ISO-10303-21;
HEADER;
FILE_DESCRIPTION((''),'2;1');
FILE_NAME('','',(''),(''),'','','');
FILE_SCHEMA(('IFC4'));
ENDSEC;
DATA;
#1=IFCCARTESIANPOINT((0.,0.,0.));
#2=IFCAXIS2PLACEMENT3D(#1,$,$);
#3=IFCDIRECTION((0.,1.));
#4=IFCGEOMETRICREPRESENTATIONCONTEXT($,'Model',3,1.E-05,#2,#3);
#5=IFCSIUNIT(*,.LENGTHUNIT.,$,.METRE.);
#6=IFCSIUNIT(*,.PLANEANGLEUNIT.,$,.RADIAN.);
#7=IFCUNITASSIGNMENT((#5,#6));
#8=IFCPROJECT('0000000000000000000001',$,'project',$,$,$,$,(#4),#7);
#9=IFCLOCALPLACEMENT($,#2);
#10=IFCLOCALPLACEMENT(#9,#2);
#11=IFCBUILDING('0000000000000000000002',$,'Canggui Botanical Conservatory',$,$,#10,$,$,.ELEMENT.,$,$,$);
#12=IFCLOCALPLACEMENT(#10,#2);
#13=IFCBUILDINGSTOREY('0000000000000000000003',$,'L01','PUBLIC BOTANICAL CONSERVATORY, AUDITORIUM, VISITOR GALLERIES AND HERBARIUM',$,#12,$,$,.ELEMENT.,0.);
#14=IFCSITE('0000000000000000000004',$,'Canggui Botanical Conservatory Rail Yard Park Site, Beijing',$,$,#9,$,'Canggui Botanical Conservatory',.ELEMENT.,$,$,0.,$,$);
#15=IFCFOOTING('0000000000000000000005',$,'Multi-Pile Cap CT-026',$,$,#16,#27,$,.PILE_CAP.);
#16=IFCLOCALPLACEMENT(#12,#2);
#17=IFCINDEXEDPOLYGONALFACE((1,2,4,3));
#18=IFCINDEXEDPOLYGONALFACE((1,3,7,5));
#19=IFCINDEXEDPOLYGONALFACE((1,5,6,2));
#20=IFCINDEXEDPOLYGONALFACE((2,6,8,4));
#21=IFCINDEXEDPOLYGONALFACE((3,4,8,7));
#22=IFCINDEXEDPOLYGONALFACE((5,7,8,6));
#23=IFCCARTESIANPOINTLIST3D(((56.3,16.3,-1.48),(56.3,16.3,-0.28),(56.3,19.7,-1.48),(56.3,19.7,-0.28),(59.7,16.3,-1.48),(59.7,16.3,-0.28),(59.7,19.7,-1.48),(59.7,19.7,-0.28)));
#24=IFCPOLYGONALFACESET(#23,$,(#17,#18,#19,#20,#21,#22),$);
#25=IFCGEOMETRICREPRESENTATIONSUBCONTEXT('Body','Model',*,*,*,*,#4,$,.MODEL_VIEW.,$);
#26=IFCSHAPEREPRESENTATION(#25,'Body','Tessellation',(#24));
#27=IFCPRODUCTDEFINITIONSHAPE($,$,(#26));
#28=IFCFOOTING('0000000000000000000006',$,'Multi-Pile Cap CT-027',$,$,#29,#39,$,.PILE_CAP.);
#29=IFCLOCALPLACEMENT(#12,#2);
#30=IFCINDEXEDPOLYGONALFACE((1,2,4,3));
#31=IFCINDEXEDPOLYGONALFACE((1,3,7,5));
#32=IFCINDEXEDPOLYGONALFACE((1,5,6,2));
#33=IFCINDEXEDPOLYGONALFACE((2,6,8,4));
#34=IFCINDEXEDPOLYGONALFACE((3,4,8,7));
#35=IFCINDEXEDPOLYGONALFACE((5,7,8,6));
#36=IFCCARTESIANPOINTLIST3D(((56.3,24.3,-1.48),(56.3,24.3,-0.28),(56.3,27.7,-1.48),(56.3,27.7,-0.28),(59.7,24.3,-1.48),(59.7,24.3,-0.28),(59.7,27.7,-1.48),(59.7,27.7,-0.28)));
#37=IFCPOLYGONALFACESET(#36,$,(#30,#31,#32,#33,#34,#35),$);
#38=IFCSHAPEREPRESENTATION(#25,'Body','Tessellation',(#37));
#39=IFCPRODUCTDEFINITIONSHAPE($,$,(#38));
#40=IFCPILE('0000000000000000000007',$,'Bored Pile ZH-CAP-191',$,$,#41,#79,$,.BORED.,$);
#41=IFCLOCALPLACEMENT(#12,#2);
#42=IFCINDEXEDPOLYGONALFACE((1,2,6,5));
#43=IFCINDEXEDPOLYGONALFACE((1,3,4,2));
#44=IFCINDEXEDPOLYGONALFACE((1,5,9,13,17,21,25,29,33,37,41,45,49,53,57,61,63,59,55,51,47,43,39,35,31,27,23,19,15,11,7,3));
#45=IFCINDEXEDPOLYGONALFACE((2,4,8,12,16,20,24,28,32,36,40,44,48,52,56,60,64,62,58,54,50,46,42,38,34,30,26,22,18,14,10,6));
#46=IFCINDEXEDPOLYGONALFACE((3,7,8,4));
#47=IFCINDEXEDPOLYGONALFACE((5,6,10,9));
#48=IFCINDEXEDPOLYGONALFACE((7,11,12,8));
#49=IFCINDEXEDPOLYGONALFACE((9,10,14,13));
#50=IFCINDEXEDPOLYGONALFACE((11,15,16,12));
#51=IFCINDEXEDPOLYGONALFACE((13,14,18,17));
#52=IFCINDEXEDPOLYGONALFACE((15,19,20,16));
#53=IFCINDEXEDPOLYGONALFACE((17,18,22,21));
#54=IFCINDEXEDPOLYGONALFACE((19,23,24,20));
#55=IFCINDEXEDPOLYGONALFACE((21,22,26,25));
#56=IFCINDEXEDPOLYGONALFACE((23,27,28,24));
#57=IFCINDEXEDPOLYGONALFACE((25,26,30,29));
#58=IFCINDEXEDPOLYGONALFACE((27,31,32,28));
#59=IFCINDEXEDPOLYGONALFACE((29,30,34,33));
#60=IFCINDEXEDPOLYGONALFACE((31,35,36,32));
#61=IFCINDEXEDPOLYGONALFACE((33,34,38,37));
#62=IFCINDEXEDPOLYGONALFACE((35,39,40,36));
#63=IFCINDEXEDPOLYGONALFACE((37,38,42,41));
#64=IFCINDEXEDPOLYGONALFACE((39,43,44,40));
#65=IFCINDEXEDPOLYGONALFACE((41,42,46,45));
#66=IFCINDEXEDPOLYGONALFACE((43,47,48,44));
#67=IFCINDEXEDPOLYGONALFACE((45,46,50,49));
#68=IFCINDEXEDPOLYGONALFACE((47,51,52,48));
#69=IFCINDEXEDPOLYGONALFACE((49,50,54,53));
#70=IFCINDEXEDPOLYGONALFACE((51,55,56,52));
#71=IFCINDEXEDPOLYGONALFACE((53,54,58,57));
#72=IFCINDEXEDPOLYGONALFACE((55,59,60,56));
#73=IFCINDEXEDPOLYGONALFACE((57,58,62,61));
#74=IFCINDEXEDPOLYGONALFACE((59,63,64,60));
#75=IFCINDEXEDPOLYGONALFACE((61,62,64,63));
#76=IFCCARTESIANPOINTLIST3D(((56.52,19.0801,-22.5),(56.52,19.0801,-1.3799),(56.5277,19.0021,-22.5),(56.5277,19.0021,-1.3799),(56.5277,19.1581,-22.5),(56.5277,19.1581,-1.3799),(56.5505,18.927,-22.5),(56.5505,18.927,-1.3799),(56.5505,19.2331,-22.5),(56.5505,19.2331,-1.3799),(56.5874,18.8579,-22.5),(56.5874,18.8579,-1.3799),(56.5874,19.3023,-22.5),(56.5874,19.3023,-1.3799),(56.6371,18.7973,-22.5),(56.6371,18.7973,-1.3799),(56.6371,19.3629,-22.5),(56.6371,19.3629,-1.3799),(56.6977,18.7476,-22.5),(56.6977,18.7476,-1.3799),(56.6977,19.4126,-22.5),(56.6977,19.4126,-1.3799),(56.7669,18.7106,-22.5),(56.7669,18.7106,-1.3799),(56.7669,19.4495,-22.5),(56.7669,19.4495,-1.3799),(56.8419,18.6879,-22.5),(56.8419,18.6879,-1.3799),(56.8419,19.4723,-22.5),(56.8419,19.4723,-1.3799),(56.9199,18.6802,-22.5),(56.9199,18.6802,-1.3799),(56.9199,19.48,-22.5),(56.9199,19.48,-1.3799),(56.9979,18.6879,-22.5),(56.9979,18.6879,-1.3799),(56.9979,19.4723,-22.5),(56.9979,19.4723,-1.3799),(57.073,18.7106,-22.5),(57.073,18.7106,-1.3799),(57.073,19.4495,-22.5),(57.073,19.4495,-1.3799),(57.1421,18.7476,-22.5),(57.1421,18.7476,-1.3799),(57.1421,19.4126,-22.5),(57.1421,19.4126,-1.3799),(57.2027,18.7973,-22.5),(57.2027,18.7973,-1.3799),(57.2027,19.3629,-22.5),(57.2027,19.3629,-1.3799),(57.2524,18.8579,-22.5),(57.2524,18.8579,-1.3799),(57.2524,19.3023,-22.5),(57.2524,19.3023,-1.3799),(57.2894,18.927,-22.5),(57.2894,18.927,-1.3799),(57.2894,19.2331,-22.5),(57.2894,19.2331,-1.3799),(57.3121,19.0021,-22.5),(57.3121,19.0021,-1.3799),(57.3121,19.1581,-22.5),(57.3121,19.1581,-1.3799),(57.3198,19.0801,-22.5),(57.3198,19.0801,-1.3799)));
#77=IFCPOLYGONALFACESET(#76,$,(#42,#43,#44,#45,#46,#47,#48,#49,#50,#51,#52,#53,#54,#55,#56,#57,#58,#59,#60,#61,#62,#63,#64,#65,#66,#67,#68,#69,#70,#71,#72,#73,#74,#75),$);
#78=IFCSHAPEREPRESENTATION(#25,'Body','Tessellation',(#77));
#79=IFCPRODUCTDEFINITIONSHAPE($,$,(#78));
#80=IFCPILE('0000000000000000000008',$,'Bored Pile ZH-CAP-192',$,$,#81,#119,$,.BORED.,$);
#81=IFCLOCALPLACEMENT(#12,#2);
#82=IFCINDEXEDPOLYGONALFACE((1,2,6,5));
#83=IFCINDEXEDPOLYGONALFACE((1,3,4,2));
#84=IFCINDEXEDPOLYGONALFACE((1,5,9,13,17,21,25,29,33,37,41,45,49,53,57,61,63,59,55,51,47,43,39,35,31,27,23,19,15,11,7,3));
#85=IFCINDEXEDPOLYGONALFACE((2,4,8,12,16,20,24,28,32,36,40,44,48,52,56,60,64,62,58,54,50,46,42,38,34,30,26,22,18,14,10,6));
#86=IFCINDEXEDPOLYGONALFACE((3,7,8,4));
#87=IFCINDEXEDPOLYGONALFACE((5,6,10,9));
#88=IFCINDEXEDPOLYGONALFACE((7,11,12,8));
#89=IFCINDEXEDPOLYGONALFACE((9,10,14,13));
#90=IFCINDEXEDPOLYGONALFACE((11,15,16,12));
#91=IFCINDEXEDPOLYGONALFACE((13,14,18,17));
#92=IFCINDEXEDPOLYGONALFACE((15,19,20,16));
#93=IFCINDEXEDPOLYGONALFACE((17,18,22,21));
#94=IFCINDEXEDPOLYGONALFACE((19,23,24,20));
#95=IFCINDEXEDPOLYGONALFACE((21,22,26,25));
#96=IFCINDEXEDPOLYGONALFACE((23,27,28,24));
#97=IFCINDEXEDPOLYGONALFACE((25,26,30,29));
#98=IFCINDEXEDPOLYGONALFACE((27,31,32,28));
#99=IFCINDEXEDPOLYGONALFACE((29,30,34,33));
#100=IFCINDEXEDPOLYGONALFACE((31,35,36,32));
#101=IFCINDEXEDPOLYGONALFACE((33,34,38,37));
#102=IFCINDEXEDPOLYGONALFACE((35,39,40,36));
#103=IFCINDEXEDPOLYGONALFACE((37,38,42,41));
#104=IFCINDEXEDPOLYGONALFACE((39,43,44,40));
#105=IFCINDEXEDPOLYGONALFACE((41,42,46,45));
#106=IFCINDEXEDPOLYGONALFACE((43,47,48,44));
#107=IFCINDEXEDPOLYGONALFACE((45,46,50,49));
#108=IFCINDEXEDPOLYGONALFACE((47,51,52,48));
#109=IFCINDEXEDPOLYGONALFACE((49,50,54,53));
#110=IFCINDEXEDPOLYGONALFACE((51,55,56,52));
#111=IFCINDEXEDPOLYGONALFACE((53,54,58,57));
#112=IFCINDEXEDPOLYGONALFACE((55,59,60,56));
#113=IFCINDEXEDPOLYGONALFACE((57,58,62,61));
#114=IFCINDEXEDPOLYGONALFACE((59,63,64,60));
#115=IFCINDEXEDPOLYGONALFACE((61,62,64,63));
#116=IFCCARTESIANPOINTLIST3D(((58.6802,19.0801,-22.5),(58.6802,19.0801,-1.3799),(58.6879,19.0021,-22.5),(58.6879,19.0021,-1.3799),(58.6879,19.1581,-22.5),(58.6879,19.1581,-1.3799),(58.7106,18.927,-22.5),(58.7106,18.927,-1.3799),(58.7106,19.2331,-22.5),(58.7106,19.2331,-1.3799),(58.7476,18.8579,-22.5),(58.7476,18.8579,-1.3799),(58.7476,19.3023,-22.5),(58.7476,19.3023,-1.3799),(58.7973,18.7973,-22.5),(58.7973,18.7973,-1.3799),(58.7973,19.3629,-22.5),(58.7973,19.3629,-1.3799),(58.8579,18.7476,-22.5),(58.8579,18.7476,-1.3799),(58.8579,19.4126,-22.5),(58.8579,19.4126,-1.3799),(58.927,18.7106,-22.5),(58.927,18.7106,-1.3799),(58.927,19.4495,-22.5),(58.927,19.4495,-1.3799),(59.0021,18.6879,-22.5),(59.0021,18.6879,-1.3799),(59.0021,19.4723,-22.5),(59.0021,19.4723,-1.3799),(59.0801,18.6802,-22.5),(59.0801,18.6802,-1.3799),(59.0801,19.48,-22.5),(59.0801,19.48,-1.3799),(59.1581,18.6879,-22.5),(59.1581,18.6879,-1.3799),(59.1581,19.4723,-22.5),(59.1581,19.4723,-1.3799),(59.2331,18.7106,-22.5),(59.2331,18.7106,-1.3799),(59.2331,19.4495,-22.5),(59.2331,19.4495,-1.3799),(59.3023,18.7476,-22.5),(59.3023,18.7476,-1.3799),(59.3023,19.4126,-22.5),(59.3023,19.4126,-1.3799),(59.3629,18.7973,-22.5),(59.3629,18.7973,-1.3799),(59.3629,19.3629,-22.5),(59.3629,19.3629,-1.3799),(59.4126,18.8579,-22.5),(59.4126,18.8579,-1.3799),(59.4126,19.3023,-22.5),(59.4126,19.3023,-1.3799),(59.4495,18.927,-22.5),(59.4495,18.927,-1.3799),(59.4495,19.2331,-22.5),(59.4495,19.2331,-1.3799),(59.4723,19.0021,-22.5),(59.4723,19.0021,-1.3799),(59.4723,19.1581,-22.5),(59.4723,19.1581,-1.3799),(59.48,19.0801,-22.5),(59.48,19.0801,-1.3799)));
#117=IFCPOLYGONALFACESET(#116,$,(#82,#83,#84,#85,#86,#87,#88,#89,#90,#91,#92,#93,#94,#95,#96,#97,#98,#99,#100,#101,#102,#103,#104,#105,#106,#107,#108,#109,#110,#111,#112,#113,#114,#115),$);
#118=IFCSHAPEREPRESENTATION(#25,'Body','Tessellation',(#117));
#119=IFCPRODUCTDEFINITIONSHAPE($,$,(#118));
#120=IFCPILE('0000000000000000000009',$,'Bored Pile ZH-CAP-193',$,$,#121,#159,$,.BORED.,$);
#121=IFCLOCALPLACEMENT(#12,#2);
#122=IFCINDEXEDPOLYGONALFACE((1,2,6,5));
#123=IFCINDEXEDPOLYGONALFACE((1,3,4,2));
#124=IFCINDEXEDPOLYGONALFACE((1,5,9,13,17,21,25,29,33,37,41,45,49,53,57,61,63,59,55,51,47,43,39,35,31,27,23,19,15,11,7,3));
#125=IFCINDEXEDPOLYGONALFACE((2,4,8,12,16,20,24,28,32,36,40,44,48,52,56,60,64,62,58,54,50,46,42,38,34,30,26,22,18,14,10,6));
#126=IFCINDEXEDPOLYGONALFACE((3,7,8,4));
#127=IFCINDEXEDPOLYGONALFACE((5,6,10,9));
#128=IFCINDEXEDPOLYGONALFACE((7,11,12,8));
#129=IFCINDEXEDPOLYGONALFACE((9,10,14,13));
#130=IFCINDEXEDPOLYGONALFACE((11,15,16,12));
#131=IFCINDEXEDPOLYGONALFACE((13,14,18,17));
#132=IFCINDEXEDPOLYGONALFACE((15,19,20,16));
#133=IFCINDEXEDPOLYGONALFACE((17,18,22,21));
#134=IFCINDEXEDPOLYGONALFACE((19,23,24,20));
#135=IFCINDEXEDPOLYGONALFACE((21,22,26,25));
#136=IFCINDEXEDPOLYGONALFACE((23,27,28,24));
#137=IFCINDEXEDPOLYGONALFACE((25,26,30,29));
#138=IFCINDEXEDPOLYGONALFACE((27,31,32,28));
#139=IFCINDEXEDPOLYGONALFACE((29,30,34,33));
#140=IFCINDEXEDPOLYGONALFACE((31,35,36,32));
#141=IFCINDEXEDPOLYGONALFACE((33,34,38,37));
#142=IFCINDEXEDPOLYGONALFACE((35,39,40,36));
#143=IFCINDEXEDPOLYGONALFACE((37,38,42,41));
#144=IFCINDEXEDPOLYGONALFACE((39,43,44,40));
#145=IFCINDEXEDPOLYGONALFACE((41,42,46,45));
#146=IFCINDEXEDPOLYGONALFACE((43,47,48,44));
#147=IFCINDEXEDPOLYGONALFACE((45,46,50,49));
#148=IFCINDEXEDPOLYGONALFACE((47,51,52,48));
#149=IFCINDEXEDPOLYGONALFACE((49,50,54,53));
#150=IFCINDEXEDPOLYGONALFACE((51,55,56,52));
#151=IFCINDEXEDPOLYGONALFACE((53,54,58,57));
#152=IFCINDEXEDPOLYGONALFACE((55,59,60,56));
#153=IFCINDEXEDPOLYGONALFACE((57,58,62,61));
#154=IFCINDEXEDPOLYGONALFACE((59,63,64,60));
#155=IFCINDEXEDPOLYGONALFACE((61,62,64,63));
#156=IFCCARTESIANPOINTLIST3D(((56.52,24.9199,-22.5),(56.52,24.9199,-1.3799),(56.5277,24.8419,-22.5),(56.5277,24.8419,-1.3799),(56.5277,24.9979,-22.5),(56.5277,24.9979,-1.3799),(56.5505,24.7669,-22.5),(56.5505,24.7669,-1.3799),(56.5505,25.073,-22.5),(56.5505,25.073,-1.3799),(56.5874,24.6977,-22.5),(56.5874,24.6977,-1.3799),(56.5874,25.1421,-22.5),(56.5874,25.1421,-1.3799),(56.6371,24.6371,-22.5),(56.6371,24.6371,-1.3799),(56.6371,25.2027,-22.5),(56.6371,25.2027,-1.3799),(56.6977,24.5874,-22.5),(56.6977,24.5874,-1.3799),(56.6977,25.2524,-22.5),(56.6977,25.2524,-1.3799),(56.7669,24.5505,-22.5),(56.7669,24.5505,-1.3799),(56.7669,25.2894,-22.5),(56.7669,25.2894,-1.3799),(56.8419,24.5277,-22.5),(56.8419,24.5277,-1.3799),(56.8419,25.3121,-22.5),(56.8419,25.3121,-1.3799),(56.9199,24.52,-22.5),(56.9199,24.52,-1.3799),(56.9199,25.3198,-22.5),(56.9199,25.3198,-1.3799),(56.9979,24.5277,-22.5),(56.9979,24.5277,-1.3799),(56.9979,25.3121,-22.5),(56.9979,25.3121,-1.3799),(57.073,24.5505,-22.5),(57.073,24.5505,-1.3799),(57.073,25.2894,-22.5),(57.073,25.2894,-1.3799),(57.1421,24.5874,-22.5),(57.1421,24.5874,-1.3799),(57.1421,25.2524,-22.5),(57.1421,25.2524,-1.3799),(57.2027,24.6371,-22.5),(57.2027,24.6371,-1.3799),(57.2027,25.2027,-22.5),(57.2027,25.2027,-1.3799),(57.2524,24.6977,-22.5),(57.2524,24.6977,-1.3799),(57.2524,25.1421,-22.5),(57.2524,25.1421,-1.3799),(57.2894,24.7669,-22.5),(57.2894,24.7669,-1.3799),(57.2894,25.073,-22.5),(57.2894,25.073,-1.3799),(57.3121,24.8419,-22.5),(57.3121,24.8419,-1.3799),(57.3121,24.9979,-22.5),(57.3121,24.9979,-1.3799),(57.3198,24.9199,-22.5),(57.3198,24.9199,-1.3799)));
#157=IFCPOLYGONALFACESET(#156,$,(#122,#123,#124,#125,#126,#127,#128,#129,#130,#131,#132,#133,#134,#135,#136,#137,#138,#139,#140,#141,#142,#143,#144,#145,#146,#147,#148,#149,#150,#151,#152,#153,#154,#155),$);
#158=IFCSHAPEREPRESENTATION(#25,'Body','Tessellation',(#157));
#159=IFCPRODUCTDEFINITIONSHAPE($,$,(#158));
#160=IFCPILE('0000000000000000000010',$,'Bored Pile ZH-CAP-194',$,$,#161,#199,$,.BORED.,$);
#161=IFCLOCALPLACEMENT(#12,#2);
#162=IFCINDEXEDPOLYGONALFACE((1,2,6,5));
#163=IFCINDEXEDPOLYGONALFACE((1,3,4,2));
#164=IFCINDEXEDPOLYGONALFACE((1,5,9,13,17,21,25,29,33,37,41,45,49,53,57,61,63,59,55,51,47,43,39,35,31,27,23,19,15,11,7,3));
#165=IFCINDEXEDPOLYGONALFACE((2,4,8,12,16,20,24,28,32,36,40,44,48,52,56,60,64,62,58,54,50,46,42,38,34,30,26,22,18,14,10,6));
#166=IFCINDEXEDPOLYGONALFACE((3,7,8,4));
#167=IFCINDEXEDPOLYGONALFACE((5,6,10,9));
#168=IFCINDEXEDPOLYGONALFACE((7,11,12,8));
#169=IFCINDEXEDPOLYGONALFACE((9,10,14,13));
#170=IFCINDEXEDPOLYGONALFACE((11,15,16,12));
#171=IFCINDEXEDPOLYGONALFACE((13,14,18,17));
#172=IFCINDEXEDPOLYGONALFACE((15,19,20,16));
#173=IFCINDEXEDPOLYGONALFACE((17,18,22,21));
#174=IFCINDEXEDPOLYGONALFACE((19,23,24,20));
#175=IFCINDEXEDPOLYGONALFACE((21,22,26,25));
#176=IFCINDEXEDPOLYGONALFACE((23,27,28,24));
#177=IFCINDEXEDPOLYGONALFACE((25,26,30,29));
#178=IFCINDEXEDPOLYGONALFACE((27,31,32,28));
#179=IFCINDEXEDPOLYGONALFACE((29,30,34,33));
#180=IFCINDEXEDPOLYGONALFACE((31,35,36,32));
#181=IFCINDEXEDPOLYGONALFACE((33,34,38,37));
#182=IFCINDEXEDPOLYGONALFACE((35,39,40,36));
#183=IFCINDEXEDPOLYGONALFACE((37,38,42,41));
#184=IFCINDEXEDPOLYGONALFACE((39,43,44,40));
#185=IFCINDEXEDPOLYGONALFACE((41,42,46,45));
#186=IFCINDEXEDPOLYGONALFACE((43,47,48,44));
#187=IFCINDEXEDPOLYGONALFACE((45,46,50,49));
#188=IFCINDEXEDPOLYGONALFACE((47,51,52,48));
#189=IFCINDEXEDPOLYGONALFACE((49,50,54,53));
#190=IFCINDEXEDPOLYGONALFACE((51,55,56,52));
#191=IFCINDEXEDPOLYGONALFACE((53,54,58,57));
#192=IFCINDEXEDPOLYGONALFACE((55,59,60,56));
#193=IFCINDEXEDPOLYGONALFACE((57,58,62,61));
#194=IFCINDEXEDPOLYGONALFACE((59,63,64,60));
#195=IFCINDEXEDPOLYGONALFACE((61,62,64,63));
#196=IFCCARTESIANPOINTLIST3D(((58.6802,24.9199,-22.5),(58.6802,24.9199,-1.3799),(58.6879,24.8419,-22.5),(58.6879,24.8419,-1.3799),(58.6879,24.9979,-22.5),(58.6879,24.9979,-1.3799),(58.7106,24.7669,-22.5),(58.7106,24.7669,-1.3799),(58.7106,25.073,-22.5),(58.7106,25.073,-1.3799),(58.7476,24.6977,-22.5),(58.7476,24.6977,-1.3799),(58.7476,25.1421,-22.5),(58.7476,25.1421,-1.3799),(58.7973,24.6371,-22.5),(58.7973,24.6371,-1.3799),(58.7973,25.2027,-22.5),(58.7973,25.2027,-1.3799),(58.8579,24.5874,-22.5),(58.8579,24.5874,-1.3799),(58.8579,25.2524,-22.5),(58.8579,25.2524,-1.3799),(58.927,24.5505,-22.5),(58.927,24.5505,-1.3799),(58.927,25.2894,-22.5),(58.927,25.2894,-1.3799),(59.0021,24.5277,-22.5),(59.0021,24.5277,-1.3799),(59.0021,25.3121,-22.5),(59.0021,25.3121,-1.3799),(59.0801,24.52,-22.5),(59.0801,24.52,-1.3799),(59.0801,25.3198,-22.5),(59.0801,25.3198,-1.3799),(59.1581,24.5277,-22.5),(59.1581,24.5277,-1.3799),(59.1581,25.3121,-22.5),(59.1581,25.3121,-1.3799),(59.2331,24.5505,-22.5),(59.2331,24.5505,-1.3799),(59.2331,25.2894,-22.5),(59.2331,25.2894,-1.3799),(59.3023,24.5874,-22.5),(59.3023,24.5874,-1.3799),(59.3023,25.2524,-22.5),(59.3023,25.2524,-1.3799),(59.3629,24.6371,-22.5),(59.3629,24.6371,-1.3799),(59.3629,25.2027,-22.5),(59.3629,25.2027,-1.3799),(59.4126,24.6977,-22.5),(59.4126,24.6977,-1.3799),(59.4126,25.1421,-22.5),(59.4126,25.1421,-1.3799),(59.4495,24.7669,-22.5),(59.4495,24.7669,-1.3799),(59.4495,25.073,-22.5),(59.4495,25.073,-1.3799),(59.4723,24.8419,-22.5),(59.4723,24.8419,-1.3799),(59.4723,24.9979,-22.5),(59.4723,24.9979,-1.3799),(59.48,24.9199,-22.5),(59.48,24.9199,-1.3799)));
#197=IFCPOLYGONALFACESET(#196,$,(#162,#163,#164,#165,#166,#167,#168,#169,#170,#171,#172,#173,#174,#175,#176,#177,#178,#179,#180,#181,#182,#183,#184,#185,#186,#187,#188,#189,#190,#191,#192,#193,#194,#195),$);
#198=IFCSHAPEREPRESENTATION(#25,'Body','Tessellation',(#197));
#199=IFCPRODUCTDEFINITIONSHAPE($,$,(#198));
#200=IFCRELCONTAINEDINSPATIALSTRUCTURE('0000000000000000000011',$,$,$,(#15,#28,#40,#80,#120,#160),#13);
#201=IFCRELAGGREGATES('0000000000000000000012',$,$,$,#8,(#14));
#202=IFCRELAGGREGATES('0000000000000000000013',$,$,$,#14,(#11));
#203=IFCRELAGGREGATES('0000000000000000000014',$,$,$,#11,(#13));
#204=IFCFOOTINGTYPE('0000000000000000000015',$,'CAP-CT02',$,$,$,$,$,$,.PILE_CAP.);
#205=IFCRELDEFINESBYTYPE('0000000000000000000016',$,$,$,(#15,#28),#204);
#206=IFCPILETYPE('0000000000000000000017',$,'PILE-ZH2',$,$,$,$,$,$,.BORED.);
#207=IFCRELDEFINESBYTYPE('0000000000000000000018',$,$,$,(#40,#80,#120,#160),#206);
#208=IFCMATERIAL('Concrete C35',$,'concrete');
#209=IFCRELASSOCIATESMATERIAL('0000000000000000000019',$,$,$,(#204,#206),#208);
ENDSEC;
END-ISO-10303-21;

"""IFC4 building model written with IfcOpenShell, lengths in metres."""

from ifc_helpers import new_model, si_unit, direction, frame, origin, origin_2d, place, context, subcontext, project, spatial, rectangle, circle, extrude, material, material_profile, profile_set, type_object, element, save


model = new_model("IFC4")

# Units and contexts
model_context = context("Model", 3, precision=1e-05, world=origin(), true_north=direction((0.0, 1.0)))
body_context = subcontext(model_context, "Body", "Model", "MODEL_VIEW")
ifc_project = project(units=[si_unit("LENGTHUNIT", "METRE"), si_unit("PLANEANGLEUNIT", "RADIAN")], contexts=[model_context])

# Site, building, storey
site_placement = place(None, origin())
site = spatial("IfcSite", under=ifc_project, at=site_placement, Name="Canggui Botanical Conservatory Rail Yard Park Site, Beijing", LongName="Canggui Botanical Conservatory", CompositionType="ELEMENT", RefElevation=0.0)
building_placement = place(site_placement, origin())
building = spatial("IfcBuilding", under=site, at=building_placement, Name="Canggui Botanical Conservatory", CompositionType="ELEMENT")
storey_placement = place(building_placement, origin())
storey = spatial("IfcBuildingStorey", under=building, at=storey_placement, Name="L01", Description="PUBLIC BOTANICAL CONSERVATORY, AUDITORIUM, VISITOR GALLERIES AND HERBARIUM", CompositionType="ELEMENT", Elevation=0.0)

# Footings
ifc_material_1 = material(Name="Concrete C35", Category="concrete")
footing_type = type_object("IfcFootingType", Name="CAP-CT02", PredefinedType="PILE_CAP", material=ifc_material_1)
for number, where, z_axis, x_axis, name in (
    (1, (58.0, 18.0, -1.48), (0.0, 0.0, 1.0), (1.0, 0.0, 0.0), "Multi-Pile Cap CT-026"),
    (2, (58.0, 26.0, -1.48), (0.0, 0.0, 1.0), (1.0, 0.0, 0.0), "Multi-Pile Cap CT-027"),
):
    element("IfcFooting", number, at=place(storey_placement, frame(where, z_axis=z_axis, x_axis=x_axis)), inside=storey, type_object=footing_type, Name=name, PredefinedType="PILE_CAP", context=body_context, shape_type="SweptSolid", body=[
        extrude(rectangle(XDim=3.3999, YDim=3.3999, at=origin_2d()), origin(), (0.0, 0.0, 1.0), 1.2),
    ])

# Piles
ifc_material_profile_1 = material_profile(ifc_material_1, circle(Radius=0.3999, at=origin_2d()), Name="PILE D800")
ifc_profile_set_1 = profile_set([ifc_material_profile_1], Name="Concrete C35")
pile_type = type_object("IfcPileType", Name="PILE-ZH2", PredefinedType="BORED", material=ifc_profile_set_1)
for number, where, z_axis, x_axis, name in (
    (3, (56.9199, 19.0801, -1.3799), (0.0, 0.0, -1.0), (1.0, 0.0, 0.0), "Bored Pile ZH-CAP-191"),
    (4, (59.0801, 19.0801, -1.3799), (0.0, 0.0, -1.0), (1.0, 0.0, 0.0), "Bored Pile ZH-CAP-192"),
    (5, (56.9199, 24.9199, -1.3799), (0.0, 0.0, -1.0), (1.0, 0.0, 0.0), "Bored Pile ZH-CAP-193"),
    (6, (59.0801, 24.9199, -1.3799), (0.0, 0.0, -1.0), (1.0, 0.0, 0.0), "Bored Pile ZH-CAP-194"),
):
    element("IfcPile", number, at=place(storey_placement, frame(where, z_axis=z_axis, x_axis=x_axis)), inside=storey, type_object=pile_type, Name=name, PredefinedType="BORED", context=body_context, shape_type="SweptSolid", body=[
        extrude(circle(Radius=0.3999, at=origin_2d()), origin(), (0.0, 0.0, 1.0), 21.1201),
    ])

save(model, "model.ifc")
